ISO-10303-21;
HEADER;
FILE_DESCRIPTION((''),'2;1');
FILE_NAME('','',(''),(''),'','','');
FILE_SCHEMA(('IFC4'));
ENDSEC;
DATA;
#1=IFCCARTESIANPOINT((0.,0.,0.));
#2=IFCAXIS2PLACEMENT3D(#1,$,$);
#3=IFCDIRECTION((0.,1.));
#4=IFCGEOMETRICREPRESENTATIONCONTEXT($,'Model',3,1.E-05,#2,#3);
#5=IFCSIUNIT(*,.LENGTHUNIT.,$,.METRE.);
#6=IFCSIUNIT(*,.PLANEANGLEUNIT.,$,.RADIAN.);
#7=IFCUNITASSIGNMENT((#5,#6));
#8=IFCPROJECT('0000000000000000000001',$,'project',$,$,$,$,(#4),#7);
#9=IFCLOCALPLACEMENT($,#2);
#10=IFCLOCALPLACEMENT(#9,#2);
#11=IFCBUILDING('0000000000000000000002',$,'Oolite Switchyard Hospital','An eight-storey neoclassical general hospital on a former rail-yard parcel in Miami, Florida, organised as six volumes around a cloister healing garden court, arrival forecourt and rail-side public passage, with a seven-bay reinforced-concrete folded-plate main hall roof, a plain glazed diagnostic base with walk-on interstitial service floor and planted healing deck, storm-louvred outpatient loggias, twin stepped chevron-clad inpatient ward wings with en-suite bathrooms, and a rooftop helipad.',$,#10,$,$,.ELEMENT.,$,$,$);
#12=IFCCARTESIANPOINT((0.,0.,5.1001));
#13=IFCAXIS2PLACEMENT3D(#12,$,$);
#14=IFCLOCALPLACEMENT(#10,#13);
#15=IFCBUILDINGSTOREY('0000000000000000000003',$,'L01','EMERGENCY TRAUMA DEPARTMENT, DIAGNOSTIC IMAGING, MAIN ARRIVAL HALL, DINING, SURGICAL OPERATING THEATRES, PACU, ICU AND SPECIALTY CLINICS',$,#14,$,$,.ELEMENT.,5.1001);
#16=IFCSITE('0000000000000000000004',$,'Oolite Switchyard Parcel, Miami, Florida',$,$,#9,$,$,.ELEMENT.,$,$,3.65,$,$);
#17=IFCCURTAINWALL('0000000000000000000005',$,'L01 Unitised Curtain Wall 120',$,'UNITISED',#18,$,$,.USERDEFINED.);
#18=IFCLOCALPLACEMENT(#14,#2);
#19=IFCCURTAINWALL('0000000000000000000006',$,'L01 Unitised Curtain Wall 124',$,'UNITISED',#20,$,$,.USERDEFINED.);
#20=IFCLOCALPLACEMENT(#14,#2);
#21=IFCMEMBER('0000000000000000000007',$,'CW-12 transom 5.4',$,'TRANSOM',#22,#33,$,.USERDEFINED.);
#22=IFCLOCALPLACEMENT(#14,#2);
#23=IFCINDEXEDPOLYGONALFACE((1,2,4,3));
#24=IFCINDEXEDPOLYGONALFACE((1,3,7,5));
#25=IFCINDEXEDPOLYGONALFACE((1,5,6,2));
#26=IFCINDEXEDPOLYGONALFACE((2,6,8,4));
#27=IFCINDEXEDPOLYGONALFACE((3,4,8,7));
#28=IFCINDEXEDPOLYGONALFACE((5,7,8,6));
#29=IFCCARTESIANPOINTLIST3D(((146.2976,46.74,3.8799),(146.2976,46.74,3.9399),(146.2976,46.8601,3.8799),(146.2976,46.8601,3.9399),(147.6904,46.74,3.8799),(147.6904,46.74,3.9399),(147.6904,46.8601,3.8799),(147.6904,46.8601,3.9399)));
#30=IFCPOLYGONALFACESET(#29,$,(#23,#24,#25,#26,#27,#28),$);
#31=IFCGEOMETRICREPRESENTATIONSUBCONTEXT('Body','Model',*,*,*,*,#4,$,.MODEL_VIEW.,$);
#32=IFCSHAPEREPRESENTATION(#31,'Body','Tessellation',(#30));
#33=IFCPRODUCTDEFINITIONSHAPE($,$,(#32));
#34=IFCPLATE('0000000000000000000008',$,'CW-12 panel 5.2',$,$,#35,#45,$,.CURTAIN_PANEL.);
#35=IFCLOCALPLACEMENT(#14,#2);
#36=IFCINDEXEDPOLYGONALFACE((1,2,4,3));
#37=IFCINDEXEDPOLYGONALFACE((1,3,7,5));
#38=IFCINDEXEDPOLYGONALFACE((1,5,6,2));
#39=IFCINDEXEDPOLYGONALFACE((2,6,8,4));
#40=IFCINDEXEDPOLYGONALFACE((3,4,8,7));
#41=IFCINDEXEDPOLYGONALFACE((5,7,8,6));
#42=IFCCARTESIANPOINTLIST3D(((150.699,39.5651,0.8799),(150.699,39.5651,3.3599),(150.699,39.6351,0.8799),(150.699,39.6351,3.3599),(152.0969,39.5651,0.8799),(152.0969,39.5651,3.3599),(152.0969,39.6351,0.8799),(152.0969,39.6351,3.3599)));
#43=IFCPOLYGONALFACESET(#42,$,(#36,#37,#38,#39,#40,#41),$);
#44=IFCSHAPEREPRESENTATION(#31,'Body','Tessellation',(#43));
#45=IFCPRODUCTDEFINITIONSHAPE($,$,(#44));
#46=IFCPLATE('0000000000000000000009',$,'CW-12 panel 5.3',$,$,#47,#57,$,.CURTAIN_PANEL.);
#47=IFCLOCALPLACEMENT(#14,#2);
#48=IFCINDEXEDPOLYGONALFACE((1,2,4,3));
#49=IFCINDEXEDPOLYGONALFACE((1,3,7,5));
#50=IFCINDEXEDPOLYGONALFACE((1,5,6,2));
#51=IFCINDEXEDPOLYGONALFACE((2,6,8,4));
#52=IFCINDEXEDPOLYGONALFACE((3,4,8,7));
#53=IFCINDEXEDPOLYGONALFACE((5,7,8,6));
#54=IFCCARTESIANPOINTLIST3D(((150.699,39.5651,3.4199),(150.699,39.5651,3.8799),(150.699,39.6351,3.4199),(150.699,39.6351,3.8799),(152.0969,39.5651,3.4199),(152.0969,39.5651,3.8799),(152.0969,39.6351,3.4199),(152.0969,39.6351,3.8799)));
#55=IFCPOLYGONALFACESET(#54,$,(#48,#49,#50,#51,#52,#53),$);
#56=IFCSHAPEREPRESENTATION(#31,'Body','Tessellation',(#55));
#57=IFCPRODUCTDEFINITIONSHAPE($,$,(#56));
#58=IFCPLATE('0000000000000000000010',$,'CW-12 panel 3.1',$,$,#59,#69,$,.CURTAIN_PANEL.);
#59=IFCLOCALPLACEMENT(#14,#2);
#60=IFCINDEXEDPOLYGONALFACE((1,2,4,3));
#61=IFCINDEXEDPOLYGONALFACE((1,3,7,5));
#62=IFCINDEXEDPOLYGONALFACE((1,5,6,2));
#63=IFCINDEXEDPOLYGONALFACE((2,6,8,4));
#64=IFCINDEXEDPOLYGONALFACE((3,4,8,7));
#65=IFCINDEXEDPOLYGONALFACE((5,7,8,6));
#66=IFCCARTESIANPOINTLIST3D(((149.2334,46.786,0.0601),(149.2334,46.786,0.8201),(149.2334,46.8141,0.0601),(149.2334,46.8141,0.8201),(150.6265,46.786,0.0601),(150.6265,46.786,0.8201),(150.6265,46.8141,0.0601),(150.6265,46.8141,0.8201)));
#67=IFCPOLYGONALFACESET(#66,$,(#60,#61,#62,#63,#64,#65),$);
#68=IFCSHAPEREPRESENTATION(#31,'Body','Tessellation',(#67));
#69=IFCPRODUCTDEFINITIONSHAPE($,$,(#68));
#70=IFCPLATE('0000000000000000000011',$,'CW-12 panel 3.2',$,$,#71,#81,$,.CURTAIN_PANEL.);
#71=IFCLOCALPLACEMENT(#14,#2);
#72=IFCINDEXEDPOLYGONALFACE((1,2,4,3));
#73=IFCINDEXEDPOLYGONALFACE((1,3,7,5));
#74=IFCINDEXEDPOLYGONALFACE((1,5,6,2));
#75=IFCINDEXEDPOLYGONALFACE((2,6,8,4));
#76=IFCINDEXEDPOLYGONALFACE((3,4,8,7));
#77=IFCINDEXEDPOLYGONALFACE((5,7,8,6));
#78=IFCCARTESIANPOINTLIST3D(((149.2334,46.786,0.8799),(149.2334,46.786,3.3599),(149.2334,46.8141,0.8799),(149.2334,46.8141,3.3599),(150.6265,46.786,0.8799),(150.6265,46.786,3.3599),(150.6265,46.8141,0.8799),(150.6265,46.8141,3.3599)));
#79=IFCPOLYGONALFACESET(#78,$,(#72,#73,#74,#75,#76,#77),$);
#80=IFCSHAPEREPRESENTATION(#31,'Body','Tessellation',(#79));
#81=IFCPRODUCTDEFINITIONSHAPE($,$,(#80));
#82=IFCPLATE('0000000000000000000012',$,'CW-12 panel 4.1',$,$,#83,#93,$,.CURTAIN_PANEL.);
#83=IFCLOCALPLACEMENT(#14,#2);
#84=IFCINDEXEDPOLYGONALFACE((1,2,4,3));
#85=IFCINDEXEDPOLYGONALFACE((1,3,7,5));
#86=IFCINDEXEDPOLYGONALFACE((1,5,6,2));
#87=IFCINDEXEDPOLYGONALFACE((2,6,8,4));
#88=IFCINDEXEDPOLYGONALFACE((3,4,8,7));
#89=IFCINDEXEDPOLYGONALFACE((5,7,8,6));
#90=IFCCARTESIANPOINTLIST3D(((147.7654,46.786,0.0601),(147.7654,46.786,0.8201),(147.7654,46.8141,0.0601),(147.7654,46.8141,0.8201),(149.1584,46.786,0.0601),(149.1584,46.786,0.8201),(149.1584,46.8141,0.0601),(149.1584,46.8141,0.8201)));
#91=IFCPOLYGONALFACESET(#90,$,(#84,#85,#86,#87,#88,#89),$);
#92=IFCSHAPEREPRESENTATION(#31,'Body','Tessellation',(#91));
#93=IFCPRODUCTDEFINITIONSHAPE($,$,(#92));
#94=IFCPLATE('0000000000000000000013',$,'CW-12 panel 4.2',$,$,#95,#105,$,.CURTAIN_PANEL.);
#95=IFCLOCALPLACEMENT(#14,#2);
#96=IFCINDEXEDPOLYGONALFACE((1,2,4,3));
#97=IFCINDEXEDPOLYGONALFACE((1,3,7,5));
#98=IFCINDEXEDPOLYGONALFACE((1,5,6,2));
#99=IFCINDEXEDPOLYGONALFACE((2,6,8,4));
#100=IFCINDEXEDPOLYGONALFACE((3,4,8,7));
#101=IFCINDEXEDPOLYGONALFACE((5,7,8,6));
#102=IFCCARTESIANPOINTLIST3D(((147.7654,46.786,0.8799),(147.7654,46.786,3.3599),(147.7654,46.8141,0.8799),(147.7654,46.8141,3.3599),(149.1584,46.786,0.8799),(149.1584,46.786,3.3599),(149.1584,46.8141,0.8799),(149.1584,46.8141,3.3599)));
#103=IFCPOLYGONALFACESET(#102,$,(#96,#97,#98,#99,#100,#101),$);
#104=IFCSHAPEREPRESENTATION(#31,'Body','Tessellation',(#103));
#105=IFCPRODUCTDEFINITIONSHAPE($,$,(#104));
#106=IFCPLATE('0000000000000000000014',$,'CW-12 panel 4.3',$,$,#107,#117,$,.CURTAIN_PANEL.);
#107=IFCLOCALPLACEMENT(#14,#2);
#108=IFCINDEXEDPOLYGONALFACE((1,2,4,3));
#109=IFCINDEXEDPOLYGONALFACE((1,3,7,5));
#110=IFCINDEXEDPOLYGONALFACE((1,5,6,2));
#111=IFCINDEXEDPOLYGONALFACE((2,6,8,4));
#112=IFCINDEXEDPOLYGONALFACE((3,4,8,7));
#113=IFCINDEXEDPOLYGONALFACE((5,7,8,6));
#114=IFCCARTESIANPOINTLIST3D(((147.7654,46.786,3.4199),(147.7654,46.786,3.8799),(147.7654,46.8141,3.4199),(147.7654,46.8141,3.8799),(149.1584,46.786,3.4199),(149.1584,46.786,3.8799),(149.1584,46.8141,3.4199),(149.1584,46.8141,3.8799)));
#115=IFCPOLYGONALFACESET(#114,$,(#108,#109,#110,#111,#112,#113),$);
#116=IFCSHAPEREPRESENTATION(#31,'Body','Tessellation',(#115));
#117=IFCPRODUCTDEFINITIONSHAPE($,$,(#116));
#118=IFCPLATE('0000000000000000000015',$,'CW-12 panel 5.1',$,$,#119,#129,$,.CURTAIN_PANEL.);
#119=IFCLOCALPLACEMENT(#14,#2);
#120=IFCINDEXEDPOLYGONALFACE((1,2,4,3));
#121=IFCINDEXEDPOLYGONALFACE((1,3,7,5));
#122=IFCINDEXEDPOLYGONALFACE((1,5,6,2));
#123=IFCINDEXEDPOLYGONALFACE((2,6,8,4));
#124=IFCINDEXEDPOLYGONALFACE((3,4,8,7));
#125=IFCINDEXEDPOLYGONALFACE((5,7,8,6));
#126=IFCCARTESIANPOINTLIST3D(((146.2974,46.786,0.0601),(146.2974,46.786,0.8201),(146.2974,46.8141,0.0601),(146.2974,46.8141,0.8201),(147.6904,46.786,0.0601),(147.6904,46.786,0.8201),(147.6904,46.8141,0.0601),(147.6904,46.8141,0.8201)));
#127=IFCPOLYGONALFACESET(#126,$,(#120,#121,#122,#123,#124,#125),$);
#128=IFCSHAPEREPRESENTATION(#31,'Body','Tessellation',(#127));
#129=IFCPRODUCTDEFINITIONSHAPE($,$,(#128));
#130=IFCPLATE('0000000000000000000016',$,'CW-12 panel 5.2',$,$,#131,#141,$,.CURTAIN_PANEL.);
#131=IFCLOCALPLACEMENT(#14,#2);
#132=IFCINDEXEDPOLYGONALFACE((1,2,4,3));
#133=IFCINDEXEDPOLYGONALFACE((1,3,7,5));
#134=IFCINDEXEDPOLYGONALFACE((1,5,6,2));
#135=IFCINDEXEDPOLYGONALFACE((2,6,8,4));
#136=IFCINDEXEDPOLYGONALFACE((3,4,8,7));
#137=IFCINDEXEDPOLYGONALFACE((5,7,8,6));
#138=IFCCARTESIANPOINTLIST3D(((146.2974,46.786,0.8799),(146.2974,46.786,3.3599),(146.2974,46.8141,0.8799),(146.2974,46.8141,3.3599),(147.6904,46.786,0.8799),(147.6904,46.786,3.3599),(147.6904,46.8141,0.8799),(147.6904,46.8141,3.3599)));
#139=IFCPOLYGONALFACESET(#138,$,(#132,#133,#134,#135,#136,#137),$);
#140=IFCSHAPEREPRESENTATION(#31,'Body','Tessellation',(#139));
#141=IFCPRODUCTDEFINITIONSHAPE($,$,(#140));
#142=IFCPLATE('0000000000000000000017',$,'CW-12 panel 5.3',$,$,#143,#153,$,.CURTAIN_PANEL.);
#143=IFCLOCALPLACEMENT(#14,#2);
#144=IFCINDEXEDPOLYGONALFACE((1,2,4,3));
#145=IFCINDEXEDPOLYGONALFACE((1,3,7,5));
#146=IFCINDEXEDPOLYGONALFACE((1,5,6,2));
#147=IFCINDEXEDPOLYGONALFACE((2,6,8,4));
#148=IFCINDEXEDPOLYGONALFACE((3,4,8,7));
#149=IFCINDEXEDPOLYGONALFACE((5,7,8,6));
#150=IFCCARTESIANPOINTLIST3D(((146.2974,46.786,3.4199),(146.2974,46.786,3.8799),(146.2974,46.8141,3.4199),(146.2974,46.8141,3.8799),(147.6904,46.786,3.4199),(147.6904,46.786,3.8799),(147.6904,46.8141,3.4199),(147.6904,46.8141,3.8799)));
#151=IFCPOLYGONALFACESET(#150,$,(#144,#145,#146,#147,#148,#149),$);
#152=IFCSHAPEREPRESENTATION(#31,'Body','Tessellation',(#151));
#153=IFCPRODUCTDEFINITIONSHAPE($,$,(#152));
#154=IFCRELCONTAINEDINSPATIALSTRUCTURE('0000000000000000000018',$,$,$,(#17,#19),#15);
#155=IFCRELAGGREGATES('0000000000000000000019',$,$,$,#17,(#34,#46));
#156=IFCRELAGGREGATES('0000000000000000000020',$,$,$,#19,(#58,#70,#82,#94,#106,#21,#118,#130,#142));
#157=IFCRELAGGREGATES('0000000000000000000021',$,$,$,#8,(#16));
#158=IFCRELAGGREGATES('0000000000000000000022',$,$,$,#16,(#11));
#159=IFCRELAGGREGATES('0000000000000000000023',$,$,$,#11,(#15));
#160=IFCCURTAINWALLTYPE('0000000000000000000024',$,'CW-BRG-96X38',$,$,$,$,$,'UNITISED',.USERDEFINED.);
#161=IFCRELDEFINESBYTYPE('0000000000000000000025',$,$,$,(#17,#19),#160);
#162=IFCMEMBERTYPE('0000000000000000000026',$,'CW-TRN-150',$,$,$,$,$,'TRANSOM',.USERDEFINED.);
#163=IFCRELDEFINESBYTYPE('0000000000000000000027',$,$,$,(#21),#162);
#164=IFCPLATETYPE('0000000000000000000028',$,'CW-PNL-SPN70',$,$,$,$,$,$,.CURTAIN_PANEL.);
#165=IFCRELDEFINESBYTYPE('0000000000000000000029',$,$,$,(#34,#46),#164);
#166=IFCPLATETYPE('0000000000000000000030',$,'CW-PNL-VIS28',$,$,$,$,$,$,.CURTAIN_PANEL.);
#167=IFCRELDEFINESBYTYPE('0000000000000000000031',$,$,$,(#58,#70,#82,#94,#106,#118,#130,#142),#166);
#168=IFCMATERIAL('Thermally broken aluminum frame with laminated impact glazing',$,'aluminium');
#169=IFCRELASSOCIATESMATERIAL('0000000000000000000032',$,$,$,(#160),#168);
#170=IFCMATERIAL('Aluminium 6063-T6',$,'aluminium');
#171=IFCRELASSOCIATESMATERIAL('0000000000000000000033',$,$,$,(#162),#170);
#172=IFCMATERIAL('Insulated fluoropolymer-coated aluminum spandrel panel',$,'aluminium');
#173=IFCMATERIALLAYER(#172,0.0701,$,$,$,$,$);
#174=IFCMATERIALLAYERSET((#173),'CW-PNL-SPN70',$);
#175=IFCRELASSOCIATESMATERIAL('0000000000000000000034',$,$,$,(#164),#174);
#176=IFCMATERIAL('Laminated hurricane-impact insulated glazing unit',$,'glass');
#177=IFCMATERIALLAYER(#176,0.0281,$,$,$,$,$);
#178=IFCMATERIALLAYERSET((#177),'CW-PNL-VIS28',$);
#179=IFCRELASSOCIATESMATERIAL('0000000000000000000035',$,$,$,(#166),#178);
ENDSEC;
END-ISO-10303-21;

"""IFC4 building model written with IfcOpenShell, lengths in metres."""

from ifc_helpers import new_model, si_unit, direction, frame, origin, origin_2d, place, context, subcontext, project, spatial, rectangle, extrude, material, layer, layer_set, material_profile, profile_set, type_object, element, aggregate, save


model = new_model("IFC4")

# Units and contexts
model_context = context("Model", 3, precision=1e-05, world=origin(), true_north=direction((0.0, 1.0)))
body_context = subcontext(model_context, "Body", "Model", "MODEL_VIEW")
ifc_project = project(units=[si_unit("LENGTHUNIT", "METRE"), si_unit("PLANEANGLEUNIT", "RADIAN")], contexts=[model_context])

# Site, building, storey
site_placement = place(None, origin())
site = spatial("IfcSite", under=ifc_project, at=site_placement, Name="Oolite Switchyard Parcel, Miami, Florida", CompositionType="ELEMENT", RefElevation=3.65)
building_placement = place(site_placement, origin())
building = spatial("IfcBuilding", under=site, at=building_placement, Name="Oolite Switchyard Hospital", Description="An eight-storey neoclassical general hospital on a former rail-yard parcel in Miami, Florida, organised as six volumes around a cloister healing garden court, arrival forecourt and rail-side public passage, with a seven-bay reinforced-concrete folded-plate main hall roof, a plain glazed diagnostic base with walk-on interstitial service floor and planted healing deck, storm-louvred outpatient loggias, twin stepped chevron-clad inpatient ward wings with en-suite bathrooms, and a rooftop helipad.", CompositionType="ELEMENT")
storey_placement = place(building_placement, frame((0.0, 0.0, 5.1001)))
storey = spatial("IfcBuildingStorey", under=building, at=storey_placement, Name="L01", Description="EMERGENCY TRAUMA DEPARTMENT, DIAGNOSTIC IMAGING, MAIN ARRIVAL HALL, DINING, SURGICAL OPERATING THEATRES, PACU, ICU AND SPECIALTY CLINICS", CompositionType="ELEMENT", Elevation=5.1001)

# Curtain wall
ifc_material_1 = material(Name="Thermally broken aluminum frame with laminated impact glazing", Category="aluminium")
curtain_wall_type = type_object("IfcCurtainWallType", Name="CW-BRG-96X38", ElementType="UNITISED", PredefinedType="USERDEFINED", material=ifc_material_1)
curtain_wall_1_placement = place(storey_placement, origin())
curtain_wall_1 = element("IfcCurtainWall", 1, at=curtain_wall_1_placement, inside=storey, type_object=curtain_wall_type, Name="L01 Unitised Curtain Wall 120", ObjectType="UNITISED", PredefinedType="USERDEFINED")
ifc_material_2 = material(Name="Aluminium 6063-T6", Category="aluminium")

# Curtain wall
curtain_wall_2_placement = place(storey_placement, origin())
curtain_wall_2 = element("IfcCurtainWall", 2, at=curtain_wall_2_placement, inside=storey, type_object=curtain_wall_type, Name="L01 Unitised Curtain Wall 124", ObjectType="UNITISED", PredefinedType="USERDEFINED")

# Member
ifc_material_profile_1 = material_profile(ifc_material_2, rectangle(XDim=0.1201, YDim=0.0601, at=origin_2d()), Name="CWT60X120")
ifc_profile_set_1 = profile_set([ifc_material_profile_1], Name="Aluminium 6063-T6")
member_type_1 = type_object("IfcMemberType", Name="CW-TRN-150", ElementType="TRANSOM", PredefinedType="USERDEFINED", material=ifc_profile_set_1)
member_1_placement = place(storey_placement, frame((147.6904, 46.8, 3.9099), z_axis=(-1.0, 0.0, 0.0), x_axis=(0.0, -1.0, 0.0)))
member_1 = element("IfcMember", 3, at=member_1_placement, type_object=member_type_1, Name="CW-12 transom 5.4", ObjectType="TRANSOM", PredefinedType="USERDEFINED", context=body_context, shape_type="SweptSolid", body=[
    extrude(rectangle(XDim=0.1201, YDim=0.0601, at=origin_2d()), origin(), (0.0, 0.0, 1.0), 1.3928),
])

# Plates
ifc_material_3 = material(Name="Insulated fluoropolymer-coated aluminum spandrel panel", Category="aluminium")
ifc_layer_1 = layer(ifc_material_3, 0.0701)
ifc_layer_set_1 = layer_set([ifc_layer_1], Name="CW-PNL-SPN70")
plate_type_1 = type_object("IfcPlateType", Name="CW-PNL-SPN70", PredefinedType="CURTAIN_PANEL", material=ifc_layer_set_1)
plate_1_placement = place(storey_placement, frame((151.3979, 39.6001, 0.8799), z_axis=(0.0, 0.0, 1.0), x_axis=(1.0, 0.0, 0.0)))
plate_1 = element("IfcPlate", 4, at=plate_1_placement, type_object=plate_type_1, Name="CW-12 panel 5.2", PredefinedType="CURTAIN_PANEL", context=body_context, shape_type="SweptSolid", body=[
    extrude(rectangle(XDim=1.3979, YDim=0.0701, at=origin_2d()), origin(), (0.0, 0.0, 1.0), 2.48),
])
plate_2_placement = place(storey_placement, frame((151.3979, 39.6001, 3.4199), z_axis=(0.0, 0.0, 1.0), x_axis=(1.0, 0.0, 0.0)))
plate_2 = element("IfcPlate", 5, at=plate_2_placement, type_object=plate_type_1, Name="CW-12 panel 5.3", PredefinedType="CURTAIN_PANEL", context=body_context, shape_type="SweptSolid", body=[
    extrude(rectangle(XDim=1.3979, YDim=0.0701, at=origin_2d()), origin(), (0.0, 0.0, 1.0), 0.46),
])
aggregate(curtain_wall_1, [plate_1, plate_2])
ifc_material_4 = material(Name="Laminated hurricane-impact insulated glazing unit", Category="glass")
ifc_layer_2 = layer(ifc_material_4, 0.0281)
ifc_layer_set_2 = layer_set([ifc_layer_2], Name="CW-PNL-VIS28")
plate_type_2 = type_object("IfcPlateType", Name="CW-PNL-VIS28", PredefinedType="CURTAIN_PANEL", material=ifc_layer_set_2)
plate_3_placement = place(storey_placement, frame((149.9299, 46.8, 0.0601), z_axis=(0.0, 0.0, 1.0), x_axis=(-1.0, 0.0, 0.0)))
plate_3 = element("IfcPlate", 6, at=plate_3_placement, type_object=plate_type_2, Name="CW-12 panel 3.1", PredefinedType="CURTAIN_PANEL", context=body_context, shape_type="SweptSolid", body=[
    extrude(rectangle(XDim=1.3931, YDim=0.0281, at=origin_2d()), origin(), (0.0, 0.0, 1.0), 0.76),
])
plate_4_placement = place(storey_placement, frame((149.9299, 46.8, 0.8799), z_axis=(0.0, 0.0, 1.0), x_axis=(-1.0, 0.0, 0.0)))
plate_4 = element("IfcPlate", 7, at=plate_4_placement, type_object=plate_type_2, Name="CW-12 panel 3.2", PredefinedType="CURTAIN_PANEL", context=body_context, shape_type="SweptSolid", body=[
    extrude(rectangle(XDim=1.3931, YDim=0.0281, at=origin_2d()), origin(), (0.0, 0.0, 1.0), 2.48),
])
plate_5_placement = place(storey_placement, frame((148.4619, 46.8, 0.0601), z_axis=(0.0, 0.0, 1.0), x_axis=(-1.0, 0.0, 0.0)))
plate_5 = element("IfcPlate", 8, at=plate_5_placement, type_object=plate_type_2, Name="CW-12 panel 4.1", PredefinedType="CURTAIN_PANEL", context=body_context, shape_type="SweptSolid", body=[
    extrude(rectangle(XDim=1.3931, YDim=0.0281, at=origin_2d()), origin(), (0.0, 0.0, 1.0), 0.76),
])
plate_6_placement = place(storey_placement, frame((148.4619, 46.8, 0.8799), z_axis=(0.0, 0.0, 1.0), x_axis=(-1.0, 0.0, 0.0)))
plate_6 = element("IfcPlate", 9, at=plate_6_placement, type_object=plate_type_2, Name="CW-12 panel 4.2", PredefinedType="CURTAIN_PANEL", context=body_context, shape_type="SweptSolid", body=[
    extrude(rectangle(XDim=1.3931, YDim=0.0281, at=origin_2d()), origin(), (0.0, 0.0, 1.0), 2.48),
])
plate_7_placement = place(storey_placement, frame((148.4619, 46.8, 3.4199), z_axis=(0.0, 0.0, 1.0), x_axis=(-1.0, 0.0, 0.0)))
plate_7 = element("IfcPlate", 10, at=plate_7_placement, type_object=plate_type_2, Name="CW-12 panel 4.3", PredefinedType="CURTAIN_PANEL", context=body_context, shape_type="SweptSolid", body=[
    extrude(rectangle(XDim=1.3931, YDim=0.0281, at=origin_2d()), origin(), (0.0, 0.0, 1.0), 0.46),
])
plate_8_placement = place(storey_placement, frame((146.9939, 46.8, 0.0601), z_axis=(0.0, 0.0, 1.0), x_axis=(-1.0, 0.0, 0.0)))
plate_8 = element("IfcPlate", 11, at=plate_8_placement, type_object=plate_type_2, Name="CW-12 panel 5.1", PredefinedType="CURTAIN_PANEL", context=body_context, shape_type="SweptSolid", body=[
    extrude(rectangle(XDim=1.3931, YDim=0.0281, at=origin_2d()), origin(), (0.0, 0.0, 1.0), 0.76),
])
plate_9_placement = place(storey_placement, frame((146.9939, 46.8, 0.8799), z_axis=(0.0, 0.0, 1.0), x_axis=(-1.0, 0.0, 0.0)))
plate_9 = element("IfcPlate", 12, at=plate_9_placement, type_object=plate_type_2, Name="CW-12 panel 5.2", PredefinedType="CURTAIN_PANEL", context=body_context, shape_type="SweptSolid", body=[
    extrude(rectangle(XDim=1.3931, YDim=0.0281, at=origin_2d()), origin(), (0.0, 0.0, 1.0), 2.48),
])
plate_10_placement = place(storey_placement, frame((146.9939, 46.8, 3.4199), z_axis=(0.0, 0.0, 1.0), x_axis=(-1.0, 0.0, 0.0)))
plate_10 = element("IfcPlate", 13, at=plate_10_placement, type_object=plate_type_2, Name="CW-12 panel 5.3", PredefinedType="CURTAIN_PANEL", context=body_context, shape_type="SweptSolid", body=[
    extrude(rectangle(XDim=1.3931, YDim=0.0281, at=origin_2d()), origin(), (0.0, 0.0, 1.0), 0.46),
])
aggregate(curtain_wall_2, [plate_3, plate_4, plate_5, plate_6, plate_7, member_1, plate_8, plate_9, plate_10])

save(model, "model.ifc")
